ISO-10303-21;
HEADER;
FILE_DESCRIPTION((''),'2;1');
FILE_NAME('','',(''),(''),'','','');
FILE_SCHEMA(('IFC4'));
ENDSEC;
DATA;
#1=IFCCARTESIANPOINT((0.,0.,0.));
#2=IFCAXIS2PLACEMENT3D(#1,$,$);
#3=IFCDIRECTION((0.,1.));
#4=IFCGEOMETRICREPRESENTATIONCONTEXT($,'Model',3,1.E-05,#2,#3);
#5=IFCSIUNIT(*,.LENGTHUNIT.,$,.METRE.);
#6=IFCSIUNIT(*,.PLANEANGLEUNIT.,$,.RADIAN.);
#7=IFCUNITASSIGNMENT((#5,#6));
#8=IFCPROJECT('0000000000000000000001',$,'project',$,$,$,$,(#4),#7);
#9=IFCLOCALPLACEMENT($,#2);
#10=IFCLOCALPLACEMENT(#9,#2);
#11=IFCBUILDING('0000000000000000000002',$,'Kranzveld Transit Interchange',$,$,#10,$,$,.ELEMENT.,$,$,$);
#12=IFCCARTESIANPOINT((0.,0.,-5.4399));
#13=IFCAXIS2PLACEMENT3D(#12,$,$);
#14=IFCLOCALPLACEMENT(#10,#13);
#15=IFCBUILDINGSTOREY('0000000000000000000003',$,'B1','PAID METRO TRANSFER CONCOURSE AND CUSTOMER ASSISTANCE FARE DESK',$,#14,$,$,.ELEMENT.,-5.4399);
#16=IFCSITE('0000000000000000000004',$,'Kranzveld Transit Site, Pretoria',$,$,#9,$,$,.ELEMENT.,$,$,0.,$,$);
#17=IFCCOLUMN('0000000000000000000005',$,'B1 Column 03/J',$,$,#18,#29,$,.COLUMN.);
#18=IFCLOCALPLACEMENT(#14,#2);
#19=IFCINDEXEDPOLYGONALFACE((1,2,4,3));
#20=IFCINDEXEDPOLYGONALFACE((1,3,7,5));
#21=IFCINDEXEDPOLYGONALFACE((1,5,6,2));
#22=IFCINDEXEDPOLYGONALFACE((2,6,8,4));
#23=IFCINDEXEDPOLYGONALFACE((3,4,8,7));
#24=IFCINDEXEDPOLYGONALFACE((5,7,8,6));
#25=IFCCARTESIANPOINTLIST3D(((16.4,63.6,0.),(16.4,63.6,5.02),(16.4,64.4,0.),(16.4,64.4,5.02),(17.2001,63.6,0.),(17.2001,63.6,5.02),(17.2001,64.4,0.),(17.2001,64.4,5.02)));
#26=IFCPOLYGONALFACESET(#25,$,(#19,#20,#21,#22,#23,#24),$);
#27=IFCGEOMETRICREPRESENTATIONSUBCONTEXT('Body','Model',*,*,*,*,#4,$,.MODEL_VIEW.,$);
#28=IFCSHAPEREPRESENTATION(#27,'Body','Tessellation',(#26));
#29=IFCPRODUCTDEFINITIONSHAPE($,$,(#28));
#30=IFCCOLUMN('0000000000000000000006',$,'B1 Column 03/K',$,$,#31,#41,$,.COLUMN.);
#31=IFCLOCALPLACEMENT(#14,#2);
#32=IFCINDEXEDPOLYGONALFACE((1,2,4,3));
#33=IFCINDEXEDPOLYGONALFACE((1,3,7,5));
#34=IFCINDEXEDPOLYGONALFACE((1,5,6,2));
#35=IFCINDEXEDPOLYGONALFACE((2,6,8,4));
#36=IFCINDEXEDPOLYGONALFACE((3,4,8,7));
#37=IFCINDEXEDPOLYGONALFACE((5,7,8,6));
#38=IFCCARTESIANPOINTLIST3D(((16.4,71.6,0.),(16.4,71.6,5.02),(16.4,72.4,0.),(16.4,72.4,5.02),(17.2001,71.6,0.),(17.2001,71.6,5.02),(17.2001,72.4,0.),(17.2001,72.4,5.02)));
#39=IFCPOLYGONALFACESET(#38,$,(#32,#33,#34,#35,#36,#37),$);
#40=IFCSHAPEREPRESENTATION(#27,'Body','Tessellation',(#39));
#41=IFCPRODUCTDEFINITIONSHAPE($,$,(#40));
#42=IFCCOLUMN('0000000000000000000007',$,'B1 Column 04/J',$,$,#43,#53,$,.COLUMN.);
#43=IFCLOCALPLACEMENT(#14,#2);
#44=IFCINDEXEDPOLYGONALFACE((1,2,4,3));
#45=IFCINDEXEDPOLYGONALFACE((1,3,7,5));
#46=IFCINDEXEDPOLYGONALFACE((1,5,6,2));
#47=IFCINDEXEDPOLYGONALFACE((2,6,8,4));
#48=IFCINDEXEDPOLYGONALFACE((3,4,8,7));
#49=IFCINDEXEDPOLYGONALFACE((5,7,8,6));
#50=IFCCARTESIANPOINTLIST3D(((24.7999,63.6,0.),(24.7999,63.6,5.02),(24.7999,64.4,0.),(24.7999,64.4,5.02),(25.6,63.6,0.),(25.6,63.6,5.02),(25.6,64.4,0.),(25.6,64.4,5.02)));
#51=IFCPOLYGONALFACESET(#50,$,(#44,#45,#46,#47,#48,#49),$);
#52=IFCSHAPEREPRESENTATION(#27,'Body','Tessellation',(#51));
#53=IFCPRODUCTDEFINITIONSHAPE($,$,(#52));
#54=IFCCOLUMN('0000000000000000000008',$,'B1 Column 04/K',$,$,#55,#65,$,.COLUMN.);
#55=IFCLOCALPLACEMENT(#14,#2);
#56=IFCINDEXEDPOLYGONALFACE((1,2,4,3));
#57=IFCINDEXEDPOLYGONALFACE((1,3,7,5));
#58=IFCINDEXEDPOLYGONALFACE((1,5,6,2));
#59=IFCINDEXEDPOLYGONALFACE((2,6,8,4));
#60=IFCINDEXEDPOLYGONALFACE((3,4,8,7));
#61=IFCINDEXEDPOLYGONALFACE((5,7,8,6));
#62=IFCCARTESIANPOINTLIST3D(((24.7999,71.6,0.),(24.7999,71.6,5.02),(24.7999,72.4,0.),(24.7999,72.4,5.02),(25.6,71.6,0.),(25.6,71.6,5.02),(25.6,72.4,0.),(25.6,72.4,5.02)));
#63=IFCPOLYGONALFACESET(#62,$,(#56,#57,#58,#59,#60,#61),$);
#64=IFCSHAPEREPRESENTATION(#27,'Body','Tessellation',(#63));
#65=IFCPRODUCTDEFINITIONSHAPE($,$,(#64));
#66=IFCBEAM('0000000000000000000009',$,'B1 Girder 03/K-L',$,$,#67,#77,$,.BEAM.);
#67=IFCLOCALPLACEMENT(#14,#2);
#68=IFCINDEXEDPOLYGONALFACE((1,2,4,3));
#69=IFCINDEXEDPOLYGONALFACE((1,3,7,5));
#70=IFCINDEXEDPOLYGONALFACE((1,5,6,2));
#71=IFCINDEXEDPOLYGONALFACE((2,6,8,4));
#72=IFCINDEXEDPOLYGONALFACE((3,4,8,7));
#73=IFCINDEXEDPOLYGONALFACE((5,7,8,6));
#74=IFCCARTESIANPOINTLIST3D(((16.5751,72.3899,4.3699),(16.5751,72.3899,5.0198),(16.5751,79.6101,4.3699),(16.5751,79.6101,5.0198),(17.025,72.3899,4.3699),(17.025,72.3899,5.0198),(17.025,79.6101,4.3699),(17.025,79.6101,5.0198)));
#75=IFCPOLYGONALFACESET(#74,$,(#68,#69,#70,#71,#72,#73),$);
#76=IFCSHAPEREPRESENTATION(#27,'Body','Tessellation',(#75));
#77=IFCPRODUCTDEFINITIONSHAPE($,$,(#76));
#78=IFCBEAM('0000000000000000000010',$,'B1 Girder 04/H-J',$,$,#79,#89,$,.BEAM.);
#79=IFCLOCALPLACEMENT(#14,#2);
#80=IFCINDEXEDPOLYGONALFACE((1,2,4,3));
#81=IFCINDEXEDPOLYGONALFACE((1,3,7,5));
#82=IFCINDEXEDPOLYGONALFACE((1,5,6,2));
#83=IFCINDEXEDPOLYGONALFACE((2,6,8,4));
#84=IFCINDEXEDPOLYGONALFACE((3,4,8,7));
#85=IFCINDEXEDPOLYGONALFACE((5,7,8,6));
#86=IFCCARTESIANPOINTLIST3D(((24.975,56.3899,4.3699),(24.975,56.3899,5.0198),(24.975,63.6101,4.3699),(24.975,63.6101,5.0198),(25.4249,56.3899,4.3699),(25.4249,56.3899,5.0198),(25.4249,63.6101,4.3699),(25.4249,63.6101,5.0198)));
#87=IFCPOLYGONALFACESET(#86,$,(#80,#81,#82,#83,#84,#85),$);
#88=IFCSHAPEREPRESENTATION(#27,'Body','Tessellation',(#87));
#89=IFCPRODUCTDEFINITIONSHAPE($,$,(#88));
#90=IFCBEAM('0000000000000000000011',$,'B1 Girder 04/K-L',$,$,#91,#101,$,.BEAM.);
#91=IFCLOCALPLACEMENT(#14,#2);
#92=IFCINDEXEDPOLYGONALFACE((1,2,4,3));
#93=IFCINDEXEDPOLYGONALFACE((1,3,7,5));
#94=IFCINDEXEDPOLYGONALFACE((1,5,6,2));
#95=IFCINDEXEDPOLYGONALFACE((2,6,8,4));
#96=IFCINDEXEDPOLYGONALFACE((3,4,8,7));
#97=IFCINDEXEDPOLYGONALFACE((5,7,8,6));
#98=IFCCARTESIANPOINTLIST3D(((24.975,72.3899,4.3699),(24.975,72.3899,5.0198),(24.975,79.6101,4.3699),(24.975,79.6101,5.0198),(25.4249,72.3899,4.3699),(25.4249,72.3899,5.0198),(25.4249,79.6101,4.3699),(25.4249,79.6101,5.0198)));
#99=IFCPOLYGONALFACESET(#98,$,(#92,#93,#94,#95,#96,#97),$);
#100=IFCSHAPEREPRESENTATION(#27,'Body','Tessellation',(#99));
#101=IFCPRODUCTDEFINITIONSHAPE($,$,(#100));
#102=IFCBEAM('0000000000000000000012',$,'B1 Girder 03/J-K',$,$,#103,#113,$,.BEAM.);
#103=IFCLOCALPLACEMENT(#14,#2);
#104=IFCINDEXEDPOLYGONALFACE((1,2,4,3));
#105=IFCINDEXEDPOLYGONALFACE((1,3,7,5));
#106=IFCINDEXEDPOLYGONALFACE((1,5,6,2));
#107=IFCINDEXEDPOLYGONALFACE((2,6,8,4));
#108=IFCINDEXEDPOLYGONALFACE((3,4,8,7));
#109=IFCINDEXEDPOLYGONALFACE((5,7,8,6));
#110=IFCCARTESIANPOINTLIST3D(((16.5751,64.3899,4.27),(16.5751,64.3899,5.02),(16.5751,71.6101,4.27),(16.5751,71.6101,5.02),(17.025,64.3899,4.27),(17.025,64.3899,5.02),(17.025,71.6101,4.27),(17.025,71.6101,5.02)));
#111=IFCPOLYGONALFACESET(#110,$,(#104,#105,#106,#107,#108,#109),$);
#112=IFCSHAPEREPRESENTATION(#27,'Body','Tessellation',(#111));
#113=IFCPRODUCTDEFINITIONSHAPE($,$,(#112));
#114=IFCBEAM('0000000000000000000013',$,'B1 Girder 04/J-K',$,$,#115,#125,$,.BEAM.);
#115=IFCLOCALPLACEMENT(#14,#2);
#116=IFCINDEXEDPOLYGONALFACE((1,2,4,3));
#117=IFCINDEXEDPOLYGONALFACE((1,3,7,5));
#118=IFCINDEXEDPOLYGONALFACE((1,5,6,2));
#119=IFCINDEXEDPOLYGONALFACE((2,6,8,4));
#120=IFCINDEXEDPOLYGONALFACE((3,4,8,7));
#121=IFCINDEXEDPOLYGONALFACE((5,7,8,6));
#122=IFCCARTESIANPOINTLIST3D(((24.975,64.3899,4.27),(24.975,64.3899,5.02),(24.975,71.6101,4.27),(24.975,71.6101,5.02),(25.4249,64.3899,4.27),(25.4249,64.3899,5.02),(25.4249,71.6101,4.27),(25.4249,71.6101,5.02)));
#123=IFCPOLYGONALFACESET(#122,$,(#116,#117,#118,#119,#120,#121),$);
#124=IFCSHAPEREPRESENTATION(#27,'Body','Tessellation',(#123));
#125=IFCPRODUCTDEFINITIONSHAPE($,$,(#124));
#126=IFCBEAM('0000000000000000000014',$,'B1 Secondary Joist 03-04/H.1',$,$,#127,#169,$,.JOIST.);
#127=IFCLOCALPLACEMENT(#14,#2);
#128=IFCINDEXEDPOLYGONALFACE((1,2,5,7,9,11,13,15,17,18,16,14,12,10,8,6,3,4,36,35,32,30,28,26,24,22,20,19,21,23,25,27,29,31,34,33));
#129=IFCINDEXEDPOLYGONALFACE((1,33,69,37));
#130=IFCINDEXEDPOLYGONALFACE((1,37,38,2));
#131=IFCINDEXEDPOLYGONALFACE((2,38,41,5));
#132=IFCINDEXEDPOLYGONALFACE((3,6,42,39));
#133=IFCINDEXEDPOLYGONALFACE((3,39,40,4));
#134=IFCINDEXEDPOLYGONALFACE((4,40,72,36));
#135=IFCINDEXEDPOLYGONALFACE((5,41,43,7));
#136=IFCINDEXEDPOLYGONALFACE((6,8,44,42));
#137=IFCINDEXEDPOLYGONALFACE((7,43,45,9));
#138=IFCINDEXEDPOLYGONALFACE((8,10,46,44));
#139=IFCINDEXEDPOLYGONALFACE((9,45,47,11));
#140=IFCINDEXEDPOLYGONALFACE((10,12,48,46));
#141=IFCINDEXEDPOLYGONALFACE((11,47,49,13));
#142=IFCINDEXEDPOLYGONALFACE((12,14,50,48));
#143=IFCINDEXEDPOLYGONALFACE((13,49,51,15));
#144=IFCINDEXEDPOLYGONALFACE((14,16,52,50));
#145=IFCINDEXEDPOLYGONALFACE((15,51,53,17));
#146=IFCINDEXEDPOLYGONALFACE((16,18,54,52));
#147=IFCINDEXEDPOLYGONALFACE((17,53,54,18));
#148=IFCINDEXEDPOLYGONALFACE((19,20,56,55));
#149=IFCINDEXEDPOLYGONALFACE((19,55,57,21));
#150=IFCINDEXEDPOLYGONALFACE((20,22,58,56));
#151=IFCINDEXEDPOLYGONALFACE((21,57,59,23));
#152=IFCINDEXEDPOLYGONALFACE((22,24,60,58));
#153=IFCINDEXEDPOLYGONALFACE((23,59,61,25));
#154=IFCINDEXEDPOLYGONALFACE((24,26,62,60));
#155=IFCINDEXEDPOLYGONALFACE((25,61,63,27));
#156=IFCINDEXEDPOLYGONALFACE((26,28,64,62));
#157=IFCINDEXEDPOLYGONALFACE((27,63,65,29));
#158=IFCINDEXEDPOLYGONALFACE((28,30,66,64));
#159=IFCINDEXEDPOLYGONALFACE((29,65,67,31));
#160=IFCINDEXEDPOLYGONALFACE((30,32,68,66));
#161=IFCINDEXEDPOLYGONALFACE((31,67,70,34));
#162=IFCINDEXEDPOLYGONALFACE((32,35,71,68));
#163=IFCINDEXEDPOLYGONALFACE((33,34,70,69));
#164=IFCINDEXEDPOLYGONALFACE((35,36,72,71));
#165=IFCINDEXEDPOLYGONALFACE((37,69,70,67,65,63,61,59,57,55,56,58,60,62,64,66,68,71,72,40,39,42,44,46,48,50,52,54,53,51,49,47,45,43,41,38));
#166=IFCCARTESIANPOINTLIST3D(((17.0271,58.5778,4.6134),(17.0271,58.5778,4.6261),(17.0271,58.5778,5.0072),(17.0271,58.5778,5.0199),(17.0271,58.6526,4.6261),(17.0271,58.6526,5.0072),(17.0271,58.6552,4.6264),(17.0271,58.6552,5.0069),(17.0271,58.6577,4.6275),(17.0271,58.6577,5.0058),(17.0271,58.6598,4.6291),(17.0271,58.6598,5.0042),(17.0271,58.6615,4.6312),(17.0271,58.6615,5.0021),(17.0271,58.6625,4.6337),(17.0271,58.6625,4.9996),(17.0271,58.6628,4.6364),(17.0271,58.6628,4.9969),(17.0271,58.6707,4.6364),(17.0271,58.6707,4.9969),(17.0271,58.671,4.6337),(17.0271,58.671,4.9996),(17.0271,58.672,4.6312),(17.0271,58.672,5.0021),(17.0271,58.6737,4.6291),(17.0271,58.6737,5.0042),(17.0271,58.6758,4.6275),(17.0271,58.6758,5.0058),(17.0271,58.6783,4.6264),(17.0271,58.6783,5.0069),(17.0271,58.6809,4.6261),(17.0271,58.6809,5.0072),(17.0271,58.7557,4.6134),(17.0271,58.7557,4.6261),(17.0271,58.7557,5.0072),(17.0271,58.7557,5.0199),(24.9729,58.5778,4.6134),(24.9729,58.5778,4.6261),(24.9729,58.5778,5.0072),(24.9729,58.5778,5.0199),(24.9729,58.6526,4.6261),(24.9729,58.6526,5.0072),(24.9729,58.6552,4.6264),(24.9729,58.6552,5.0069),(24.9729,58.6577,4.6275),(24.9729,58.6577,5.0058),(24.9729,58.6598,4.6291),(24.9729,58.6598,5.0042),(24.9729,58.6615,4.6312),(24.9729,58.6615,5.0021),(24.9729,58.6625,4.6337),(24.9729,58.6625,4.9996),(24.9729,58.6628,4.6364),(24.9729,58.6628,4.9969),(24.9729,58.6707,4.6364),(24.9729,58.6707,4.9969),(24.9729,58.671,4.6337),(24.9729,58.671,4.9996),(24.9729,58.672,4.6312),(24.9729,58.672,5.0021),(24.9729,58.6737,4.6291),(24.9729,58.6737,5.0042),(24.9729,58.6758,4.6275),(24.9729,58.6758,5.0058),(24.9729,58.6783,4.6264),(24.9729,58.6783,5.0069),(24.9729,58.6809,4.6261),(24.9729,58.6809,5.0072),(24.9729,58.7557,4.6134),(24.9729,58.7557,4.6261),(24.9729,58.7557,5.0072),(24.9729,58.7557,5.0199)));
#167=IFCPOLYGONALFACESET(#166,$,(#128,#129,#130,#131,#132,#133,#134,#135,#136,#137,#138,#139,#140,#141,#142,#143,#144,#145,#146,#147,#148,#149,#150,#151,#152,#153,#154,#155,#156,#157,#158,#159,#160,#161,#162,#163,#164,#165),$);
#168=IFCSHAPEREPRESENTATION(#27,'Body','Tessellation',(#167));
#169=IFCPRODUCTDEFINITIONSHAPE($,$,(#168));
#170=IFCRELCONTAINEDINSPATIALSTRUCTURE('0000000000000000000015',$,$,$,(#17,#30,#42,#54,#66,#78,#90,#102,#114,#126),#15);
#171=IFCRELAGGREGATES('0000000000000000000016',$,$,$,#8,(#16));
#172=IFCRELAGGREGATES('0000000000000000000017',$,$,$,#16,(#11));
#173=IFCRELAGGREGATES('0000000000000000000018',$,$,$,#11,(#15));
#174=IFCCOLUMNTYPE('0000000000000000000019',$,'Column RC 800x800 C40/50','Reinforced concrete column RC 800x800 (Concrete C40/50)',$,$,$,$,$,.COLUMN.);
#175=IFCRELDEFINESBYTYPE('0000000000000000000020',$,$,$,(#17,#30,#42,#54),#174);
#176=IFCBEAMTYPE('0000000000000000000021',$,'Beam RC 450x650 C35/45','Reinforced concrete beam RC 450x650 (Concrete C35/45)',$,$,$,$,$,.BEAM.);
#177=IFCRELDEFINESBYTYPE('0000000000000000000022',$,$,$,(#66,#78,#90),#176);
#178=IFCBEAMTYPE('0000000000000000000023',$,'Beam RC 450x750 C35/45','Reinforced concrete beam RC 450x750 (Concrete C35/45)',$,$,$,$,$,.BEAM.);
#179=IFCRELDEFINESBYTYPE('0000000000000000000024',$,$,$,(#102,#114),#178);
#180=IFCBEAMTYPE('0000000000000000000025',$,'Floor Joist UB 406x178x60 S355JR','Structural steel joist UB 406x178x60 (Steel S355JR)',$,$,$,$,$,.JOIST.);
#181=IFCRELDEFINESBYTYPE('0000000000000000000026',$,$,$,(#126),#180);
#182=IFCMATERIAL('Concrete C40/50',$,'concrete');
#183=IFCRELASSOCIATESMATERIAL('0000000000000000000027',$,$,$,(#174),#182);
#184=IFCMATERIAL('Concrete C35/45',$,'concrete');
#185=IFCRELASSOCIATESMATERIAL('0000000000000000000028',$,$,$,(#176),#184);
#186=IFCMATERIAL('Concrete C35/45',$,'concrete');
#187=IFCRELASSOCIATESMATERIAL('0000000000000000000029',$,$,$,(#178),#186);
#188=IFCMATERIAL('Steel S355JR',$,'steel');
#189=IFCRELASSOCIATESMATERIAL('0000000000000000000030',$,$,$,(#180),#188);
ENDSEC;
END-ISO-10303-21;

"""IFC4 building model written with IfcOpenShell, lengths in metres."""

from ifc_helpers import new_model, si_unit, direction, frame, origin, origin_2d, place, context, subcontext, project, spatial, rectangle, i_section, extrude, material, material_profile, profile_set, type_object, element, save


model = new_model("IFC4")

# Units and contexts
model_context = context("Model", 3, precision=1e-05, world=origin(), true_north=direction((0.0, 1.0)))
body_context = subcontext(model_context, "Body", "Model", "MODEL_VIEW")
ifc_project = project(units=[si_unit("LENGTHUNIT", "METRE"), si_unit("PLANEANGLEUNIT", "RADIAN")], contexts=[model_context])

# Site, building, storey
site_placement = place(None, origin())
site = spatial("IfcSite", under=ifc_project, at=site_placement, Name="Kranzveld Transit Site, Pretoria", CompositionType="ELEMENT", RefElevation=0.0)
building_placement = place(site_placement, origin())
building = spatial("IfcBuilding", under=site, at=building_placement, Name="Kranzveld Transit Interchange", CompositionType="ELEMENT")
storey_placement = place(building_placement, frame((0.0, 0.0, -5.4399)))
storey = spatial("IfcBuildingStorey", under=building, at=storey_placement, Name="B1", Description="PAID METRO TRANSFER CONCOURSE AND CUSTOMER ASSISTANCE FARE DESK", CompositionType="ELEMENT", Elevation=-5.4399)

# Columns
ifc_material_1 = material(Name="Concrete C40/50", Category="concrete")
ifc_material_profile_1 = material_profile(ifc_material_1, rectangle(XDim=0.8, YDim=0.8, at=origin_2d()), Name="RC 800x800")
ifc_profile_set_1 = profile_set([ifc_material_profile_1], Name="Concrete C40/50")
column_type = type_object("IfcColumnType", Name="Column RC 800x800 C40/50", Description="Reinforced concrete column RC 800x800 (Concrete C40/50)", PredefinedType="COLUMN", material=ifc_profile_set_1)
for number, where, z_axis, x_axis, name in (
    (1, (16.8, 64.0, 0.0), (0.0, 0.0, 1.0), (1.0, 0.0, 0.0), "B1 Column 03/J"),
    (2, (16.8, 72.0, 0.0), (0.0, 0.0, 1.0), (1.0, 0.0, 0.0), "B1 Column 03/K"),
    (3, (25.2, 64.0, 0.0), (0.0, 0.0, 1.0), (1.0, 0.0, 0.0), "B1 Column 04/J"),
    (4, (25.2, 72.0, 0.0), (0.0, 0.0, 1.0), (1.0, 0.0, 0.0), "B1 Column 04/K"),
):
    element("IfcColumn", number, at=place(storey_placement, frame(where, z_axis=z_axis, x_axis=x_axis)), inside=storey, type_object=column_type, Name=name, PredefinedType="COLUMN", context=body_context, shape_type="SweptSolid", body=[
        extrude(rectangle(XDim=0.8, YDim=0.8, at=origin_2d()), origin(), (0.0, 0.0, 1.0), 5.02),
    ])

# Beams
ifc_material_2 = material(Name="Concrete C35/45", Category="concrete")
ifc_material_profile_2 = material_profile(ifc_material_2, rectangle(XDim=0.45, YDim=0.6499, at=origin_2d()), Name="RC 450x650")
ifc_profile_set_2 = profile_set([ifc_material_profile_2], Name="Concrete C35/45")
beam_type_1 = type_object("IfcBeamType", Name="Beam RC 450x650 C35/45", Description="Reinforced concrete beam RC 450x650 (Concrete C35/45)", PredefinedType="BEAM", material=ifc_profile_set_2)
for number, where, z_axis, x_axis, name in (
    (5, (16.8, 72.3899, 4.6948), (0.0, 1.0, 0.0), (-1.0, 0.0, 0.0), "B1 Girder 03/K-L"),
    (6, (25.2, 56.3899, 4.6948), (0.0, 1.0, 0.0), (-1.0, 0.0, 0.0), "B1 Girder 04/H-J"),
    (7, (25.2, 72.3899, 4.6948), (0.0, 1.0, 0.0), (-1.0, 0.0, 0.0), "B1 Girder 04/K-L"),
):
    element("IfcBeam", number, at=place(storey_placement, frame(where, z_axis=z_axis, x_axis=x_axis)), inside=storey, type_object=beam_type_1, Name=name, PredefinedType="BEAM", context=body_context, shape_type="SweptSolid", body=[
        extrude(rectangle(XDim=0.45, YDim=0.6499, at=origin_2d()), origin(), (0.0, 0.0, 1.0), 7.2202),
    ])
ifc_material_3 = material(Name="Concrete C35/45", Category="concrete")
ifc_material_profile_3 = material_profile(ifc_material_3, rectangle(XDim=0.45, YDim=0.75, at=origin_2d()), Name="RC 450x750")
ifc_profile_set_3 = profile_set([ifc_material_profile_3], Name="Concrete C35/45")
beam_type_2 = type_object("IfcBeamType", Name="Beam RC 450x750 C35/45", Description="Reinforced concrete beam RC 450x750 (Concrete C35/45)", PredefinedType="BEAM", material=ifc_profile_set_3)
for number, where, z_axis, x_axis, name in (
    (8, (16.8, 64.3899, 4.645), (0.0, 1.0, 0.0), (-1.0, 0.0, 0.0), "B1 Girder 03/J-K"),
    (9, (25.2, 64.3899, 4.645), (0.0, 1.0, 0.0), (-1.0, 0.0, 0.0), "B1 Girder 04/J-K"),
):
    element("IfcBeam", number, at=place(storey_placement, frame(where, z_axis=z_axis, x_axis=x_axis)), inside=storey, type_object=beam_type_2, Name=name, PredefinedType="BEAM", context=body_context, shape_type="SweptSolid", body=[
        extrude(rectangle(XDim=0.45, YDim=0.75, at=origin_2d()), origin(), (0.0, 0.0, 1.0), 7.2202),
    ])
ifc_material_4 = material(Name="Steel S355JR", Category="steel")
ifc_material_profile_4 = material_profile(ifc_material_4, i_section(OverallWidth=0.178, OverallDepth=0.4065, WebThickness=0.0078, FlangeThickness=0.0127, FilletRadius=0.0103, at=origin_2d()), Name="UB 406x178x60")
ifc_profile_set_4 = profile_set([ifc_material_profile_4], Name="Steel S355JR")
beam_type_3 = type_object("IfcBeamType", Name="Floor Joist UB 406x178x60 S355JR", Description="Structural steel joist UB 406x178x60 (Steel S355JR)", PredefinedType="JOIST", material=ifc_profile_set_4)
for number, where, z_axis, x_axis, name in (
    (10, (17.0271, 58.6667, 4.8167), (1.0, 0.0, 0.0), (0.0, 1.0, 0.0), "B1 Secondary Joist 03-04/H.1"),
):
    element("IfcBeam", number, at=place(storey_placement, frame(where, z_axis=z_axis, x_axis=x_axis)), inside=storey, type_object=beam_type_3, Name=name, PredefinedType="JOIST", context=body_context, shape_type="SweptSolid", body=[
        extrude(i_section(OverallWidth=0.178, OverallDepth=0.4065, WebThickness=0.0078, FlangeThickness=0.0127, FilletRadius=0.0103, at=origin_2d()), origin(), (0.0, 0.0, 1.0), 7.9458),
    ])

save(model, "model.ifc")
